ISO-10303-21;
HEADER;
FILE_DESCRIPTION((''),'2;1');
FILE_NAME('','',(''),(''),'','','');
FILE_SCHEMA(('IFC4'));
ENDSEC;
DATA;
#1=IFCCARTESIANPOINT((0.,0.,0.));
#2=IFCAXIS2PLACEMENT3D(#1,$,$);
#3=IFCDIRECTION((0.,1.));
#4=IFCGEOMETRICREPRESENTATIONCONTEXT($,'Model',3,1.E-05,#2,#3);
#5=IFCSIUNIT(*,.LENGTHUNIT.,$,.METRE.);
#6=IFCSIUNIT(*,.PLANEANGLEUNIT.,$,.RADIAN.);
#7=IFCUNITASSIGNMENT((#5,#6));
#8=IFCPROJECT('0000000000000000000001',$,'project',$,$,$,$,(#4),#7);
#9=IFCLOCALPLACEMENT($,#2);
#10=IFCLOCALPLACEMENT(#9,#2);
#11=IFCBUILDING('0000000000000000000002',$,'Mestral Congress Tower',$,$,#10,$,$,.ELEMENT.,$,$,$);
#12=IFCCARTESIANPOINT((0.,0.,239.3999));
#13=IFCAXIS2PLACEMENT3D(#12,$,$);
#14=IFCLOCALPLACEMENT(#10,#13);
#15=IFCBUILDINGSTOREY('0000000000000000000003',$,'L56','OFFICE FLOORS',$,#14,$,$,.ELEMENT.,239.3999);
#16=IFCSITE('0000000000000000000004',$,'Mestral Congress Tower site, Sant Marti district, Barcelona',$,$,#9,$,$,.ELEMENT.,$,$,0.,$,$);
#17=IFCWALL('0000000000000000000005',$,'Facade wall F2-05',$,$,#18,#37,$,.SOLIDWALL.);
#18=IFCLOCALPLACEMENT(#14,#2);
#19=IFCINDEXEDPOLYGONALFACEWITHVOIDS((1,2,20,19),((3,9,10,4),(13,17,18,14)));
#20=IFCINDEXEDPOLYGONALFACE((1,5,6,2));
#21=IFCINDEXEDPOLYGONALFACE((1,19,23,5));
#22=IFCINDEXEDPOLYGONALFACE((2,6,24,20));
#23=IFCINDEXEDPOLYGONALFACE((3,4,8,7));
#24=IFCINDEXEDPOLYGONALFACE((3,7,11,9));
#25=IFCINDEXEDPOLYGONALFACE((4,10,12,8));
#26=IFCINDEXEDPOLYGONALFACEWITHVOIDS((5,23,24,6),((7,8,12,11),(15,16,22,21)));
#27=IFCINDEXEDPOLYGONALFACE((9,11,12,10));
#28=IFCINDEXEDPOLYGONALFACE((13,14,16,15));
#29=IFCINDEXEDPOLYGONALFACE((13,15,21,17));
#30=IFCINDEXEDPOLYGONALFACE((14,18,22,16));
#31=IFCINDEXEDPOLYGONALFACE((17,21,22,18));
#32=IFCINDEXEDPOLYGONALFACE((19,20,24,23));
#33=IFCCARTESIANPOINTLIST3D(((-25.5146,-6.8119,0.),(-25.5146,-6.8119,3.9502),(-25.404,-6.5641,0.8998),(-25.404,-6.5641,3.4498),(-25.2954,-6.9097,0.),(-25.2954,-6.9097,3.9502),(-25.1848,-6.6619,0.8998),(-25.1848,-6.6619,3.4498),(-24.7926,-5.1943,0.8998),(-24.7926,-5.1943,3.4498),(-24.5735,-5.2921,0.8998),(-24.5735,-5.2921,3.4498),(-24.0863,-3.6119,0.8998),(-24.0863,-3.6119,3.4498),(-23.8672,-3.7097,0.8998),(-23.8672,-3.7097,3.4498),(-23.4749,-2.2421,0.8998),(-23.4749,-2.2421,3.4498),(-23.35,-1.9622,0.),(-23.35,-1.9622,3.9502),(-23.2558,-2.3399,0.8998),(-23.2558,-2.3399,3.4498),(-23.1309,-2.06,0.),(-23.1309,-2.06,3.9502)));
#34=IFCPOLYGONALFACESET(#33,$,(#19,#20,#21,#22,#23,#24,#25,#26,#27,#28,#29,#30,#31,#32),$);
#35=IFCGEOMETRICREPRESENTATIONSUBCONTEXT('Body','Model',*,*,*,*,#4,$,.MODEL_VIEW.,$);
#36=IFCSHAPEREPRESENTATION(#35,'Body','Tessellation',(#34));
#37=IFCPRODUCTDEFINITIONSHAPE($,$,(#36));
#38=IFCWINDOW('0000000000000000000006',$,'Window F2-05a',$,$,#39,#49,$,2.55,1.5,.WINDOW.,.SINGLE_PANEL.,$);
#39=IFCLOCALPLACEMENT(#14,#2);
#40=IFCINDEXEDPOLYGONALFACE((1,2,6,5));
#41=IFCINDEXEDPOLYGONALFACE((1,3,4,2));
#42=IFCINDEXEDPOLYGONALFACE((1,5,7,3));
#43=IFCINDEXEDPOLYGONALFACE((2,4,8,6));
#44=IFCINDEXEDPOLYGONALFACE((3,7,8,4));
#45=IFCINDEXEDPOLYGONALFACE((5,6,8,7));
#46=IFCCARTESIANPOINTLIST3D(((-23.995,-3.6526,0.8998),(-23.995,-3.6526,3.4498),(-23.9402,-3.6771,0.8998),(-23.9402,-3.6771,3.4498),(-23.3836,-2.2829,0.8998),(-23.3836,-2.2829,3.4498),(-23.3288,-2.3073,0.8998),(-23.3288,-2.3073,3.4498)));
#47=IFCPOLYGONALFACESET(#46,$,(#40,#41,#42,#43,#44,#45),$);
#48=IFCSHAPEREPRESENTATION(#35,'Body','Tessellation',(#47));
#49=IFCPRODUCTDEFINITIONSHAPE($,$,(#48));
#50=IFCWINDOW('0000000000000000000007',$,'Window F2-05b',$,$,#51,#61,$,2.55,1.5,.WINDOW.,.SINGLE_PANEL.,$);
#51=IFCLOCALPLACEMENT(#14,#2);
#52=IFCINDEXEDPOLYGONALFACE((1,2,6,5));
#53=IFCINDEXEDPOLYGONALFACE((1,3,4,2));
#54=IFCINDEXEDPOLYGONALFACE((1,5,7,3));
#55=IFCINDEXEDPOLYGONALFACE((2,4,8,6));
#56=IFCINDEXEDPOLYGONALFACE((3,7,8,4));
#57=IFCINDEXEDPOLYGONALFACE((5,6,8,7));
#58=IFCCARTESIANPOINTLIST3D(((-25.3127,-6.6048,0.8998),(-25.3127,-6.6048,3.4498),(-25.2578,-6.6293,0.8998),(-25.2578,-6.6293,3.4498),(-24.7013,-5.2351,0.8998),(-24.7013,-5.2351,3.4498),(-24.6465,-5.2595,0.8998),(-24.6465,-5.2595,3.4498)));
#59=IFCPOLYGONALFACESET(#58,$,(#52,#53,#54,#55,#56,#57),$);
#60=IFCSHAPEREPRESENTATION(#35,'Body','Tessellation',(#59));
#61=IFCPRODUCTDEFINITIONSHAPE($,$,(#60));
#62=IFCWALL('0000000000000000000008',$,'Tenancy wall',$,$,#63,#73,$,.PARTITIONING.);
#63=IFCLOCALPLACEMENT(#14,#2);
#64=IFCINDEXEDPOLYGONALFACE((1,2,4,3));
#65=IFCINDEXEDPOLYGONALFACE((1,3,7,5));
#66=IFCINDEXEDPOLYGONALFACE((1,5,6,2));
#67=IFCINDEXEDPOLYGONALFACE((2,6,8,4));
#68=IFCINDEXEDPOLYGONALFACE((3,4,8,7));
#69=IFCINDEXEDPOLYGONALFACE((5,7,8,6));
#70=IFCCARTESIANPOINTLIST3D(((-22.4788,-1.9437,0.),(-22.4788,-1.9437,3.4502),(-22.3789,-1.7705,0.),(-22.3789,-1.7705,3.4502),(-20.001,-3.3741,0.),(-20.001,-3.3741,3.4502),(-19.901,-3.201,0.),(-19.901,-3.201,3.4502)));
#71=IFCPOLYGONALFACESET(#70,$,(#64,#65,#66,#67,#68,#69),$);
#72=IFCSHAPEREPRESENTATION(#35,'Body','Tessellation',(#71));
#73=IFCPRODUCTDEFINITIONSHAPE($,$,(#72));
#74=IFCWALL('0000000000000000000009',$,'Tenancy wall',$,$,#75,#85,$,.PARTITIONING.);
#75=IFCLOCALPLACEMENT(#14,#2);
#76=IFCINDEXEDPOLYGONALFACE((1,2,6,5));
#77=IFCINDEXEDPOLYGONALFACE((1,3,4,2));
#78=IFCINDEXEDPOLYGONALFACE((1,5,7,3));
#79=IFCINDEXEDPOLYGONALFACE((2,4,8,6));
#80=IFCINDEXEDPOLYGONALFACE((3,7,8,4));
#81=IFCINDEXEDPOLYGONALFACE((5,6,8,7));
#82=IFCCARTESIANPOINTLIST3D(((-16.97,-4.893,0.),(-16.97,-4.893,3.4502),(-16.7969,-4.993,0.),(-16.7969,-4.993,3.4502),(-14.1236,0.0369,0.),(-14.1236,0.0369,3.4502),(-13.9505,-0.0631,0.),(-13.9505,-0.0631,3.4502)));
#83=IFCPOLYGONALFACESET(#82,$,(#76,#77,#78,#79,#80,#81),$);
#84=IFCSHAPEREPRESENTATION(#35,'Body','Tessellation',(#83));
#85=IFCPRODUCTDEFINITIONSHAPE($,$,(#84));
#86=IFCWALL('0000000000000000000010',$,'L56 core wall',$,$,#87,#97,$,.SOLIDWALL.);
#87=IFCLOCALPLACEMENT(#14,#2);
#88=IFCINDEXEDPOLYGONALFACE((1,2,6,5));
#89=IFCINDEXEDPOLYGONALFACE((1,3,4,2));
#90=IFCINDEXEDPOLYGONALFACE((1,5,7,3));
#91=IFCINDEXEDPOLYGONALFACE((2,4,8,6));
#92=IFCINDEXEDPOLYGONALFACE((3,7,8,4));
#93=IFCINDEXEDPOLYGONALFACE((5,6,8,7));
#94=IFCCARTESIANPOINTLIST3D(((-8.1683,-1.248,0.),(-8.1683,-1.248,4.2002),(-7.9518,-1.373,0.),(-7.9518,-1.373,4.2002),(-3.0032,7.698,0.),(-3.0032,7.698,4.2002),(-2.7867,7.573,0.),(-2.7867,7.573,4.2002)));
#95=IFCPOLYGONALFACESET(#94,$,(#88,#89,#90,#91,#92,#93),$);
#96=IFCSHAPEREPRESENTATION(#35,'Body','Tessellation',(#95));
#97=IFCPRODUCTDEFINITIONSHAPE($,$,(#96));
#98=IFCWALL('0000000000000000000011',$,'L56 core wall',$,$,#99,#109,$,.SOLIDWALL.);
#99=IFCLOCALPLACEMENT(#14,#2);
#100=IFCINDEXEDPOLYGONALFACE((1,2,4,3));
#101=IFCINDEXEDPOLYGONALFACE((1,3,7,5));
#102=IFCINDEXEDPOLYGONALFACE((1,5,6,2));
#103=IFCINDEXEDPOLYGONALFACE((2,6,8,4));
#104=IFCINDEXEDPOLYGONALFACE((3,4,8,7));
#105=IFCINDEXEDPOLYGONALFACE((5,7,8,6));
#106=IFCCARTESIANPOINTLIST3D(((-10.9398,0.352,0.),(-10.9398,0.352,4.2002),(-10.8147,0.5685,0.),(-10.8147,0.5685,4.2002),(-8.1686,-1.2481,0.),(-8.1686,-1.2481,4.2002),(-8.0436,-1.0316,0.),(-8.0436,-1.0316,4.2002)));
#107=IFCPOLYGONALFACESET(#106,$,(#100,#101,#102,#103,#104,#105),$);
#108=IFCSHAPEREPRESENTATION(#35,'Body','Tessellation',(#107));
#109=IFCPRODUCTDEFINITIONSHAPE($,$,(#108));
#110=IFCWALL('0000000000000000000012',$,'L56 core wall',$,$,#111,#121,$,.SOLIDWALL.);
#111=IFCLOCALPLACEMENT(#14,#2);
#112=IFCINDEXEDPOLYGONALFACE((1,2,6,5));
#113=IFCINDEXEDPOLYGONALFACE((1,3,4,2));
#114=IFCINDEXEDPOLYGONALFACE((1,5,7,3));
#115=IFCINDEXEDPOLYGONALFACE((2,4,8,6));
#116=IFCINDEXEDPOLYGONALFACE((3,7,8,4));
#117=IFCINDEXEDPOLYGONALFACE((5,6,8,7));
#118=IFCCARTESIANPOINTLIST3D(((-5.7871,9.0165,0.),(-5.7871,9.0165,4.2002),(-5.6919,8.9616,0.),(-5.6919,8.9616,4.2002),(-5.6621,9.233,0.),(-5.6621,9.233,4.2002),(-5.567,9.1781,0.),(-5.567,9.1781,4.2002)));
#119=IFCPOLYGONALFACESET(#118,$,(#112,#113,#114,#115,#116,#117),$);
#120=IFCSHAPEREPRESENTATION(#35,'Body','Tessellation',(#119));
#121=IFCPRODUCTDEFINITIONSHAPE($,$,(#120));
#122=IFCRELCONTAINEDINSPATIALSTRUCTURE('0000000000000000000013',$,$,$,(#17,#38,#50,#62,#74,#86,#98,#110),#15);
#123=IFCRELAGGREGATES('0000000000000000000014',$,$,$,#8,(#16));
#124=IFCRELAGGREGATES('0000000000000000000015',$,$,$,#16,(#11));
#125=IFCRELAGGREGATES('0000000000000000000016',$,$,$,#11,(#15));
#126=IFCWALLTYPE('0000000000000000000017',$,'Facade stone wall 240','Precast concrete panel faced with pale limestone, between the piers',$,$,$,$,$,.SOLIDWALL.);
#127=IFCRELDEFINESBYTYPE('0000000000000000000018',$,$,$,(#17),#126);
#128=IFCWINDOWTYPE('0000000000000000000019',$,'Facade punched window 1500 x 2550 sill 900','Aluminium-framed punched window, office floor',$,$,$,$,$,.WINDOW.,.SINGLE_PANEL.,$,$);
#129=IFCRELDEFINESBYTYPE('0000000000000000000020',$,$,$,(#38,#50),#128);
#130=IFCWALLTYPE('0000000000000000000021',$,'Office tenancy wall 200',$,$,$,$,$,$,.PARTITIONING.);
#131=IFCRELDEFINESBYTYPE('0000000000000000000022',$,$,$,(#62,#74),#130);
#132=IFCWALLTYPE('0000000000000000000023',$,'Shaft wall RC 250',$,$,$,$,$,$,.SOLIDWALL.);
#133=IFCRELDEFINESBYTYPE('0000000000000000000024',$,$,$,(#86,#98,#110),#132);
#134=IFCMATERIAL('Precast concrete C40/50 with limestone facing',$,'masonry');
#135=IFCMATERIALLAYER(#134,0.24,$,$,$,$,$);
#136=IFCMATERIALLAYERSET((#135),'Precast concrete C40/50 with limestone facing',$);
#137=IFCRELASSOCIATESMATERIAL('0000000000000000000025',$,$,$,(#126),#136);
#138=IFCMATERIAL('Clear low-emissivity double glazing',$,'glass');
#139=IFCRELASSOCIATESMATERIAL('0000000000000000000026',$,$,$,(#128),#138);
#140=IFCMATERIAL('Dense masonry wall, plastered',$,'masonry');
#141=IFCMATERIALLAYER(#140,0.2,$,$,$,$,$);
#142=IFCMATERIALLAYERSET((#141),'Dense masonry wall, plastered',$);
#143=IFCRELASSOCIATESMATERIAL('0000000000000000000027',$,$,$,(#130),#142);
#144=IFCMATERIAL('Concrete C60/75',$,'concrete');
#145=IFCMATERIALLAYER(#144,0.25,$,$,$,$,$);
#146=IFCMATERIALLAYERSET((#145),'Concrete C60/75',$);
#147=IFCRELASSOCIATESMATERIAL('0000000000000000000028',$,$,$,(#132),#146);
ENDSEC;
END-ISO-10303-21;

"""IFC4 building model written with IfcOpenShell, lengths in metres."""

from ifc_helpers import new_model, si_unit, direction, frame, frame_2d, origin, place, context, subcontext, project, spatial, rectangle, extrude, material, layer, layer_set, type_object, element, fill, save


model = new_model("IFC4")

# Units and contexts
model_context = context("Model", 3, precision=1e-05, world=origin(), true_north=direction((0.0, 1.0)))
body_context = subcontext(model_context, "Body", "Model", "MODEL_VIEW")
ifc_project = project(units=[si_unit("LENGTHUNIT", "METRE"), si_unit("PLANEANGLEUNIT", "RADIAN")], contexts=[model_context])

# Site, building, storey
site_placement = place(None, origin())
site = spatial("IfcSite", under=ifc_project, at=site_placement, Name="Mestral Congress Tower site, Sant Marti district, Barcelona", CompositionType="ELEMENT", RefElevation=0.0)
building_placement = place(site_placement, origin())
building = spatial("IfcBuilding", under=site, at=building_placement, Name="Mestral Congress Tower", CompositionType="ELEMENT")
storey_placement = place(building_placement, frame((0.0, 0.0, 239.3999)))
storey = spatial("IfcBuildingStorey", under=building, at=storey_placement, Name="L56", Description="OFFICE FLOORS", CompositionType="ELEMENT", Elevation=239.3999)

# Shared definitions
ifc_material_1 = material(Name="Concrete C60/75", Category="concrete")

# Wall, openings, windows
ifc_material_2 = material(Name="Precast concrete C40/50 with limestone facing", Category="masonry")
ifc_layer_1 = layer(ifc_material_2, 0.24)
ifc_layer_set_1 = layer_set([ifc_layer_1], Name="Precast concrete C40/50 with limestone facing")
wall_type_1 = type_object("IfcWallType", Name="Facade stone wall 240", Description="Precast concrete panel faced with pale limestone, between the piers", PredefinedType="SOLIDWALL", material=ifc_layer_set_1)
ifc_material_3 = material(Name="Clear low-emissivity double glazing", Category="glass")
window_type = type_object("IfcWindowType", Name="Facade punched window 1500 x 2550 sill 900", Description="Aluminium-framed punched window, office floor", PartitioningType="SINGLE_PANEL", PredefinedType="WINDOW", material=ifc_material_3)
wall_1_placement = place(storey_placement, frame((-23.2405, -2.0112, 0.0), z_axis=(0.0, 0.0, 1.0), x_axis=(-0.40758, -0.91317, 0.0)))
wall_1 = element("IfcWall", 1, at=wall_1_placement, inside=storey, type_object=wall_type_1, Name="Facade wall F2-05", PredefinedType="SOLIDWALL", context=body_context, shape_type="SweptSolid", body=[
    extrude(rectangle(XDim=5.3108, YDim=0.24, at=frame_2d((2.6553, 0.0))), origin(), (0.0, 0.0, 1.0), 3.9502),
])
opening_1_placement = place(wall_1_placement, frame((0.3064, 0.0, 0.8999)))
opening_1 = element("IfcOpeningElement", 2, at=opening_1_placement, cuts=wall_1, PredefinedType="OPENING", context=body_context, shape_type="SweptSolid", body=[
    extrude(rectangle(XDim=1.5, YDim=2.55, at=frame_2d((0.75, 1.2749))), frame((0.0, 0.1299, 0.0), z_axis=(0.0, -1.0, 0.0), x_axis=(1.0, 0.0, 0.0)), (0.0, 0.0, 1.0), 0.26),
])
opening_2_placement = place(wall_1_placement, frame((3.5393, 0.0, 0.8999)))
opening_2 = element("IfcOpeningElement", 3, at=opening_2_placement, cuts=wall_1, PredefinedType="OPENING", context=body_context, shape_type="SweptSolid", body=[
    extrude(rectangle(XDim=1.5, YDim=2.55, at=frame_2d((0.75, 1.2749))), frame((0.0, 0.1299, 0.0), z_axis=(0.0, -1.0, 0.0), x_axis=(1.0, 0.0, 0.0)), (0.0, 0.0, 1.0), 0.26),
])
window_1_placement = place(opening_1_placement, origin())
window_1 = element("IfcWindow", 4, at=window_1_placement, inside=storey, type_object=window_type, Name="Window F2-05a", OverallHeight=2.55, OverallWidth=1.5, PartitioningType="SINGLE_PANEL", PredefinedType="WINDOW", context=body_context, shape_type="SweptSolid", body=[
    extrude(rectangle(XDim=1.5, YDim=2.55, at=frame_2d((0.75, 1.2749))), frame((0.0, 0.04, 0.0), z_axis=(0.0, -1.0, 0.0), x_axis=(1.0, 0.0, 0.0)), (0.0, 0.0, 1.0), 0.0601),
])
fill(opening_1, window_1)
window_2_placement = place(opening_2_placement, origin())
window_2 = element("IfcWindow", 5, at=window_2_placement, inside=storey, type_object=window_type, Name="Window F2-05b", OverallHeight=2.55, OverallWidth=1.5, PartitioningType="SINGLE_PANEL", PredefinedType="WINDOW", context=body_context, shape_type="SweptSolid", body=[
    extrude(rectangle(XDim=1.5, YDim=2.55, at=frame_2d((0.75, 1.2749))), frame((0.0, 0.04, 0.0), z_axis=(0.0, -1.0, 0.0), x_axis=(1.0, 0.0, 0.0)), (0.0, 0.0, 1.0), 0.0601),
])
fill(opening_2, window_2)

# Walls
ifc_material_4 = material(Name="Dense masonry wall, plastered", Category="masonry")
ifc_layer_2 = layer(ifc_material_4, 0.2)
ifc_layer_set_2 = layer_set([ifc_layer_2], Name="Dense masonry wall, plastered")
wall_type_2 = type_object("IfcWallType", Name="Office tenancy wall 200", PredefinedType="PARTITIONING", material=ifc_layer_set_2)
wall_2_placement = place(storey_placement, frame((-19.9509, -3.2876, 0.0), z_axis=(0.0, 0.0, 1.0), x_axis=(-0.866045, 0.499966, 0.0)))
element("IfcWall", 6, at=wall_2_placement, inside=storey, type_object=wall_type_2, Name="Tenancy wall", PredefinedType="PARTITIONING", context=body_context, shape_type="SweptSolid", body=[
    extrude(rectangle(XDim=2.8611, YDim=0.2, at=frame_2d((1.4307, 0.0))), origin(), (0.0, 0.0, 1.0), 3.4502),
])
wall_3_placement = place(storey_placement, frame((-14.0371, -0.0132, 0.0), z_axis=(0.0, 0.0, 1.0), x_axis=(-0.500018, -0.866015, 0.0)))
element("IfcWall", 7, at=wall_3_placement, inside=storey, type_object=wall_type_2, Name="Tenancy wall", PredefinedType="PARTITIONING", context=body_context, shape_type="SweptSolid", body=[
    extrude(rectangle(XDim=5.6926, YDim=0.2, at=frame_2d((2.8462, 0.0))), origin(), (0.0, 0.0, 1.0), 3.4502),
])
ifc_layer_3 = layer(ifc_material_1, 0.25)
ifc_layer_set_3 = layer_set([ifc_layer_3], Name="Concrete C60/75")
wall_type_3 = type_object("IfcWallType", Name="Shaft wall RC 250", PredefinedType="SOLIDWALL", material=ifc_layer_set_3)
wall_4_placement = place(storey_placement, frame((-8.0601, -1.3105, 0.0), z_axis=(0.0, 0.0, 1.0), x_axis=(0.500003, 0.866024, 0.0)))
element("IfcWall", 8, at=wall_4_placement, inside=storey, type_object=wall_type_3, Name="L56 core wall", PredefinedType="SOLIDWALL", context=body_context, shape_type="SweptSolid", body=[
    extrude(rectangle(XDim=10.3301, YDim=0.25, at=frame_2d((5.165, 0.0))), origin(), (0.0, 0.0, 1.0), 4.2002),
])
wall_5_placement = place(storey_placement, frame((-8.106, -1.1399, 0.0), z_axis=(0.0, 0.0, 1.0), x_axis=(-0.866009, 0.500028, 0.0)))
element("IfcWall", 9, at=wall_5_placement, inside=storey, type_object=wall_type_3, Name="L56 core wall", PredefinedType="SOLIDWALL", context=body_context, shape_type="SweptSolid", body=[
    extrude(rectangle(XDim=3.2, YDim=0.25, at=frame_2d((1.6001, 0.0))), origin(), (0.0, 0.0, 1.0), 4.2002),
])
wall_6_placement = place(storey_placement, frame((-5.7246, 9.1248, 0.0), z_axis=(0.0, 0.0, 1.0), x_axis=(0.866186, -0.499722, 0.0)))
element("IfcWall", 10, at=wall_6_placement, inside=storey, type_object=wall_type_3, Name="L56 core wall", PredefinedType="SOLIDWALL", context=body_context, shape_type="SweptSolid", body=[
    extrude(rectangle(XDim=0.1099, YDim=0.25, at=frame_2d((0.0549, 0.0))), origin(), (0.0, 0.0, 1.0), 4.2002),
])

save(model, "model.ifc")
